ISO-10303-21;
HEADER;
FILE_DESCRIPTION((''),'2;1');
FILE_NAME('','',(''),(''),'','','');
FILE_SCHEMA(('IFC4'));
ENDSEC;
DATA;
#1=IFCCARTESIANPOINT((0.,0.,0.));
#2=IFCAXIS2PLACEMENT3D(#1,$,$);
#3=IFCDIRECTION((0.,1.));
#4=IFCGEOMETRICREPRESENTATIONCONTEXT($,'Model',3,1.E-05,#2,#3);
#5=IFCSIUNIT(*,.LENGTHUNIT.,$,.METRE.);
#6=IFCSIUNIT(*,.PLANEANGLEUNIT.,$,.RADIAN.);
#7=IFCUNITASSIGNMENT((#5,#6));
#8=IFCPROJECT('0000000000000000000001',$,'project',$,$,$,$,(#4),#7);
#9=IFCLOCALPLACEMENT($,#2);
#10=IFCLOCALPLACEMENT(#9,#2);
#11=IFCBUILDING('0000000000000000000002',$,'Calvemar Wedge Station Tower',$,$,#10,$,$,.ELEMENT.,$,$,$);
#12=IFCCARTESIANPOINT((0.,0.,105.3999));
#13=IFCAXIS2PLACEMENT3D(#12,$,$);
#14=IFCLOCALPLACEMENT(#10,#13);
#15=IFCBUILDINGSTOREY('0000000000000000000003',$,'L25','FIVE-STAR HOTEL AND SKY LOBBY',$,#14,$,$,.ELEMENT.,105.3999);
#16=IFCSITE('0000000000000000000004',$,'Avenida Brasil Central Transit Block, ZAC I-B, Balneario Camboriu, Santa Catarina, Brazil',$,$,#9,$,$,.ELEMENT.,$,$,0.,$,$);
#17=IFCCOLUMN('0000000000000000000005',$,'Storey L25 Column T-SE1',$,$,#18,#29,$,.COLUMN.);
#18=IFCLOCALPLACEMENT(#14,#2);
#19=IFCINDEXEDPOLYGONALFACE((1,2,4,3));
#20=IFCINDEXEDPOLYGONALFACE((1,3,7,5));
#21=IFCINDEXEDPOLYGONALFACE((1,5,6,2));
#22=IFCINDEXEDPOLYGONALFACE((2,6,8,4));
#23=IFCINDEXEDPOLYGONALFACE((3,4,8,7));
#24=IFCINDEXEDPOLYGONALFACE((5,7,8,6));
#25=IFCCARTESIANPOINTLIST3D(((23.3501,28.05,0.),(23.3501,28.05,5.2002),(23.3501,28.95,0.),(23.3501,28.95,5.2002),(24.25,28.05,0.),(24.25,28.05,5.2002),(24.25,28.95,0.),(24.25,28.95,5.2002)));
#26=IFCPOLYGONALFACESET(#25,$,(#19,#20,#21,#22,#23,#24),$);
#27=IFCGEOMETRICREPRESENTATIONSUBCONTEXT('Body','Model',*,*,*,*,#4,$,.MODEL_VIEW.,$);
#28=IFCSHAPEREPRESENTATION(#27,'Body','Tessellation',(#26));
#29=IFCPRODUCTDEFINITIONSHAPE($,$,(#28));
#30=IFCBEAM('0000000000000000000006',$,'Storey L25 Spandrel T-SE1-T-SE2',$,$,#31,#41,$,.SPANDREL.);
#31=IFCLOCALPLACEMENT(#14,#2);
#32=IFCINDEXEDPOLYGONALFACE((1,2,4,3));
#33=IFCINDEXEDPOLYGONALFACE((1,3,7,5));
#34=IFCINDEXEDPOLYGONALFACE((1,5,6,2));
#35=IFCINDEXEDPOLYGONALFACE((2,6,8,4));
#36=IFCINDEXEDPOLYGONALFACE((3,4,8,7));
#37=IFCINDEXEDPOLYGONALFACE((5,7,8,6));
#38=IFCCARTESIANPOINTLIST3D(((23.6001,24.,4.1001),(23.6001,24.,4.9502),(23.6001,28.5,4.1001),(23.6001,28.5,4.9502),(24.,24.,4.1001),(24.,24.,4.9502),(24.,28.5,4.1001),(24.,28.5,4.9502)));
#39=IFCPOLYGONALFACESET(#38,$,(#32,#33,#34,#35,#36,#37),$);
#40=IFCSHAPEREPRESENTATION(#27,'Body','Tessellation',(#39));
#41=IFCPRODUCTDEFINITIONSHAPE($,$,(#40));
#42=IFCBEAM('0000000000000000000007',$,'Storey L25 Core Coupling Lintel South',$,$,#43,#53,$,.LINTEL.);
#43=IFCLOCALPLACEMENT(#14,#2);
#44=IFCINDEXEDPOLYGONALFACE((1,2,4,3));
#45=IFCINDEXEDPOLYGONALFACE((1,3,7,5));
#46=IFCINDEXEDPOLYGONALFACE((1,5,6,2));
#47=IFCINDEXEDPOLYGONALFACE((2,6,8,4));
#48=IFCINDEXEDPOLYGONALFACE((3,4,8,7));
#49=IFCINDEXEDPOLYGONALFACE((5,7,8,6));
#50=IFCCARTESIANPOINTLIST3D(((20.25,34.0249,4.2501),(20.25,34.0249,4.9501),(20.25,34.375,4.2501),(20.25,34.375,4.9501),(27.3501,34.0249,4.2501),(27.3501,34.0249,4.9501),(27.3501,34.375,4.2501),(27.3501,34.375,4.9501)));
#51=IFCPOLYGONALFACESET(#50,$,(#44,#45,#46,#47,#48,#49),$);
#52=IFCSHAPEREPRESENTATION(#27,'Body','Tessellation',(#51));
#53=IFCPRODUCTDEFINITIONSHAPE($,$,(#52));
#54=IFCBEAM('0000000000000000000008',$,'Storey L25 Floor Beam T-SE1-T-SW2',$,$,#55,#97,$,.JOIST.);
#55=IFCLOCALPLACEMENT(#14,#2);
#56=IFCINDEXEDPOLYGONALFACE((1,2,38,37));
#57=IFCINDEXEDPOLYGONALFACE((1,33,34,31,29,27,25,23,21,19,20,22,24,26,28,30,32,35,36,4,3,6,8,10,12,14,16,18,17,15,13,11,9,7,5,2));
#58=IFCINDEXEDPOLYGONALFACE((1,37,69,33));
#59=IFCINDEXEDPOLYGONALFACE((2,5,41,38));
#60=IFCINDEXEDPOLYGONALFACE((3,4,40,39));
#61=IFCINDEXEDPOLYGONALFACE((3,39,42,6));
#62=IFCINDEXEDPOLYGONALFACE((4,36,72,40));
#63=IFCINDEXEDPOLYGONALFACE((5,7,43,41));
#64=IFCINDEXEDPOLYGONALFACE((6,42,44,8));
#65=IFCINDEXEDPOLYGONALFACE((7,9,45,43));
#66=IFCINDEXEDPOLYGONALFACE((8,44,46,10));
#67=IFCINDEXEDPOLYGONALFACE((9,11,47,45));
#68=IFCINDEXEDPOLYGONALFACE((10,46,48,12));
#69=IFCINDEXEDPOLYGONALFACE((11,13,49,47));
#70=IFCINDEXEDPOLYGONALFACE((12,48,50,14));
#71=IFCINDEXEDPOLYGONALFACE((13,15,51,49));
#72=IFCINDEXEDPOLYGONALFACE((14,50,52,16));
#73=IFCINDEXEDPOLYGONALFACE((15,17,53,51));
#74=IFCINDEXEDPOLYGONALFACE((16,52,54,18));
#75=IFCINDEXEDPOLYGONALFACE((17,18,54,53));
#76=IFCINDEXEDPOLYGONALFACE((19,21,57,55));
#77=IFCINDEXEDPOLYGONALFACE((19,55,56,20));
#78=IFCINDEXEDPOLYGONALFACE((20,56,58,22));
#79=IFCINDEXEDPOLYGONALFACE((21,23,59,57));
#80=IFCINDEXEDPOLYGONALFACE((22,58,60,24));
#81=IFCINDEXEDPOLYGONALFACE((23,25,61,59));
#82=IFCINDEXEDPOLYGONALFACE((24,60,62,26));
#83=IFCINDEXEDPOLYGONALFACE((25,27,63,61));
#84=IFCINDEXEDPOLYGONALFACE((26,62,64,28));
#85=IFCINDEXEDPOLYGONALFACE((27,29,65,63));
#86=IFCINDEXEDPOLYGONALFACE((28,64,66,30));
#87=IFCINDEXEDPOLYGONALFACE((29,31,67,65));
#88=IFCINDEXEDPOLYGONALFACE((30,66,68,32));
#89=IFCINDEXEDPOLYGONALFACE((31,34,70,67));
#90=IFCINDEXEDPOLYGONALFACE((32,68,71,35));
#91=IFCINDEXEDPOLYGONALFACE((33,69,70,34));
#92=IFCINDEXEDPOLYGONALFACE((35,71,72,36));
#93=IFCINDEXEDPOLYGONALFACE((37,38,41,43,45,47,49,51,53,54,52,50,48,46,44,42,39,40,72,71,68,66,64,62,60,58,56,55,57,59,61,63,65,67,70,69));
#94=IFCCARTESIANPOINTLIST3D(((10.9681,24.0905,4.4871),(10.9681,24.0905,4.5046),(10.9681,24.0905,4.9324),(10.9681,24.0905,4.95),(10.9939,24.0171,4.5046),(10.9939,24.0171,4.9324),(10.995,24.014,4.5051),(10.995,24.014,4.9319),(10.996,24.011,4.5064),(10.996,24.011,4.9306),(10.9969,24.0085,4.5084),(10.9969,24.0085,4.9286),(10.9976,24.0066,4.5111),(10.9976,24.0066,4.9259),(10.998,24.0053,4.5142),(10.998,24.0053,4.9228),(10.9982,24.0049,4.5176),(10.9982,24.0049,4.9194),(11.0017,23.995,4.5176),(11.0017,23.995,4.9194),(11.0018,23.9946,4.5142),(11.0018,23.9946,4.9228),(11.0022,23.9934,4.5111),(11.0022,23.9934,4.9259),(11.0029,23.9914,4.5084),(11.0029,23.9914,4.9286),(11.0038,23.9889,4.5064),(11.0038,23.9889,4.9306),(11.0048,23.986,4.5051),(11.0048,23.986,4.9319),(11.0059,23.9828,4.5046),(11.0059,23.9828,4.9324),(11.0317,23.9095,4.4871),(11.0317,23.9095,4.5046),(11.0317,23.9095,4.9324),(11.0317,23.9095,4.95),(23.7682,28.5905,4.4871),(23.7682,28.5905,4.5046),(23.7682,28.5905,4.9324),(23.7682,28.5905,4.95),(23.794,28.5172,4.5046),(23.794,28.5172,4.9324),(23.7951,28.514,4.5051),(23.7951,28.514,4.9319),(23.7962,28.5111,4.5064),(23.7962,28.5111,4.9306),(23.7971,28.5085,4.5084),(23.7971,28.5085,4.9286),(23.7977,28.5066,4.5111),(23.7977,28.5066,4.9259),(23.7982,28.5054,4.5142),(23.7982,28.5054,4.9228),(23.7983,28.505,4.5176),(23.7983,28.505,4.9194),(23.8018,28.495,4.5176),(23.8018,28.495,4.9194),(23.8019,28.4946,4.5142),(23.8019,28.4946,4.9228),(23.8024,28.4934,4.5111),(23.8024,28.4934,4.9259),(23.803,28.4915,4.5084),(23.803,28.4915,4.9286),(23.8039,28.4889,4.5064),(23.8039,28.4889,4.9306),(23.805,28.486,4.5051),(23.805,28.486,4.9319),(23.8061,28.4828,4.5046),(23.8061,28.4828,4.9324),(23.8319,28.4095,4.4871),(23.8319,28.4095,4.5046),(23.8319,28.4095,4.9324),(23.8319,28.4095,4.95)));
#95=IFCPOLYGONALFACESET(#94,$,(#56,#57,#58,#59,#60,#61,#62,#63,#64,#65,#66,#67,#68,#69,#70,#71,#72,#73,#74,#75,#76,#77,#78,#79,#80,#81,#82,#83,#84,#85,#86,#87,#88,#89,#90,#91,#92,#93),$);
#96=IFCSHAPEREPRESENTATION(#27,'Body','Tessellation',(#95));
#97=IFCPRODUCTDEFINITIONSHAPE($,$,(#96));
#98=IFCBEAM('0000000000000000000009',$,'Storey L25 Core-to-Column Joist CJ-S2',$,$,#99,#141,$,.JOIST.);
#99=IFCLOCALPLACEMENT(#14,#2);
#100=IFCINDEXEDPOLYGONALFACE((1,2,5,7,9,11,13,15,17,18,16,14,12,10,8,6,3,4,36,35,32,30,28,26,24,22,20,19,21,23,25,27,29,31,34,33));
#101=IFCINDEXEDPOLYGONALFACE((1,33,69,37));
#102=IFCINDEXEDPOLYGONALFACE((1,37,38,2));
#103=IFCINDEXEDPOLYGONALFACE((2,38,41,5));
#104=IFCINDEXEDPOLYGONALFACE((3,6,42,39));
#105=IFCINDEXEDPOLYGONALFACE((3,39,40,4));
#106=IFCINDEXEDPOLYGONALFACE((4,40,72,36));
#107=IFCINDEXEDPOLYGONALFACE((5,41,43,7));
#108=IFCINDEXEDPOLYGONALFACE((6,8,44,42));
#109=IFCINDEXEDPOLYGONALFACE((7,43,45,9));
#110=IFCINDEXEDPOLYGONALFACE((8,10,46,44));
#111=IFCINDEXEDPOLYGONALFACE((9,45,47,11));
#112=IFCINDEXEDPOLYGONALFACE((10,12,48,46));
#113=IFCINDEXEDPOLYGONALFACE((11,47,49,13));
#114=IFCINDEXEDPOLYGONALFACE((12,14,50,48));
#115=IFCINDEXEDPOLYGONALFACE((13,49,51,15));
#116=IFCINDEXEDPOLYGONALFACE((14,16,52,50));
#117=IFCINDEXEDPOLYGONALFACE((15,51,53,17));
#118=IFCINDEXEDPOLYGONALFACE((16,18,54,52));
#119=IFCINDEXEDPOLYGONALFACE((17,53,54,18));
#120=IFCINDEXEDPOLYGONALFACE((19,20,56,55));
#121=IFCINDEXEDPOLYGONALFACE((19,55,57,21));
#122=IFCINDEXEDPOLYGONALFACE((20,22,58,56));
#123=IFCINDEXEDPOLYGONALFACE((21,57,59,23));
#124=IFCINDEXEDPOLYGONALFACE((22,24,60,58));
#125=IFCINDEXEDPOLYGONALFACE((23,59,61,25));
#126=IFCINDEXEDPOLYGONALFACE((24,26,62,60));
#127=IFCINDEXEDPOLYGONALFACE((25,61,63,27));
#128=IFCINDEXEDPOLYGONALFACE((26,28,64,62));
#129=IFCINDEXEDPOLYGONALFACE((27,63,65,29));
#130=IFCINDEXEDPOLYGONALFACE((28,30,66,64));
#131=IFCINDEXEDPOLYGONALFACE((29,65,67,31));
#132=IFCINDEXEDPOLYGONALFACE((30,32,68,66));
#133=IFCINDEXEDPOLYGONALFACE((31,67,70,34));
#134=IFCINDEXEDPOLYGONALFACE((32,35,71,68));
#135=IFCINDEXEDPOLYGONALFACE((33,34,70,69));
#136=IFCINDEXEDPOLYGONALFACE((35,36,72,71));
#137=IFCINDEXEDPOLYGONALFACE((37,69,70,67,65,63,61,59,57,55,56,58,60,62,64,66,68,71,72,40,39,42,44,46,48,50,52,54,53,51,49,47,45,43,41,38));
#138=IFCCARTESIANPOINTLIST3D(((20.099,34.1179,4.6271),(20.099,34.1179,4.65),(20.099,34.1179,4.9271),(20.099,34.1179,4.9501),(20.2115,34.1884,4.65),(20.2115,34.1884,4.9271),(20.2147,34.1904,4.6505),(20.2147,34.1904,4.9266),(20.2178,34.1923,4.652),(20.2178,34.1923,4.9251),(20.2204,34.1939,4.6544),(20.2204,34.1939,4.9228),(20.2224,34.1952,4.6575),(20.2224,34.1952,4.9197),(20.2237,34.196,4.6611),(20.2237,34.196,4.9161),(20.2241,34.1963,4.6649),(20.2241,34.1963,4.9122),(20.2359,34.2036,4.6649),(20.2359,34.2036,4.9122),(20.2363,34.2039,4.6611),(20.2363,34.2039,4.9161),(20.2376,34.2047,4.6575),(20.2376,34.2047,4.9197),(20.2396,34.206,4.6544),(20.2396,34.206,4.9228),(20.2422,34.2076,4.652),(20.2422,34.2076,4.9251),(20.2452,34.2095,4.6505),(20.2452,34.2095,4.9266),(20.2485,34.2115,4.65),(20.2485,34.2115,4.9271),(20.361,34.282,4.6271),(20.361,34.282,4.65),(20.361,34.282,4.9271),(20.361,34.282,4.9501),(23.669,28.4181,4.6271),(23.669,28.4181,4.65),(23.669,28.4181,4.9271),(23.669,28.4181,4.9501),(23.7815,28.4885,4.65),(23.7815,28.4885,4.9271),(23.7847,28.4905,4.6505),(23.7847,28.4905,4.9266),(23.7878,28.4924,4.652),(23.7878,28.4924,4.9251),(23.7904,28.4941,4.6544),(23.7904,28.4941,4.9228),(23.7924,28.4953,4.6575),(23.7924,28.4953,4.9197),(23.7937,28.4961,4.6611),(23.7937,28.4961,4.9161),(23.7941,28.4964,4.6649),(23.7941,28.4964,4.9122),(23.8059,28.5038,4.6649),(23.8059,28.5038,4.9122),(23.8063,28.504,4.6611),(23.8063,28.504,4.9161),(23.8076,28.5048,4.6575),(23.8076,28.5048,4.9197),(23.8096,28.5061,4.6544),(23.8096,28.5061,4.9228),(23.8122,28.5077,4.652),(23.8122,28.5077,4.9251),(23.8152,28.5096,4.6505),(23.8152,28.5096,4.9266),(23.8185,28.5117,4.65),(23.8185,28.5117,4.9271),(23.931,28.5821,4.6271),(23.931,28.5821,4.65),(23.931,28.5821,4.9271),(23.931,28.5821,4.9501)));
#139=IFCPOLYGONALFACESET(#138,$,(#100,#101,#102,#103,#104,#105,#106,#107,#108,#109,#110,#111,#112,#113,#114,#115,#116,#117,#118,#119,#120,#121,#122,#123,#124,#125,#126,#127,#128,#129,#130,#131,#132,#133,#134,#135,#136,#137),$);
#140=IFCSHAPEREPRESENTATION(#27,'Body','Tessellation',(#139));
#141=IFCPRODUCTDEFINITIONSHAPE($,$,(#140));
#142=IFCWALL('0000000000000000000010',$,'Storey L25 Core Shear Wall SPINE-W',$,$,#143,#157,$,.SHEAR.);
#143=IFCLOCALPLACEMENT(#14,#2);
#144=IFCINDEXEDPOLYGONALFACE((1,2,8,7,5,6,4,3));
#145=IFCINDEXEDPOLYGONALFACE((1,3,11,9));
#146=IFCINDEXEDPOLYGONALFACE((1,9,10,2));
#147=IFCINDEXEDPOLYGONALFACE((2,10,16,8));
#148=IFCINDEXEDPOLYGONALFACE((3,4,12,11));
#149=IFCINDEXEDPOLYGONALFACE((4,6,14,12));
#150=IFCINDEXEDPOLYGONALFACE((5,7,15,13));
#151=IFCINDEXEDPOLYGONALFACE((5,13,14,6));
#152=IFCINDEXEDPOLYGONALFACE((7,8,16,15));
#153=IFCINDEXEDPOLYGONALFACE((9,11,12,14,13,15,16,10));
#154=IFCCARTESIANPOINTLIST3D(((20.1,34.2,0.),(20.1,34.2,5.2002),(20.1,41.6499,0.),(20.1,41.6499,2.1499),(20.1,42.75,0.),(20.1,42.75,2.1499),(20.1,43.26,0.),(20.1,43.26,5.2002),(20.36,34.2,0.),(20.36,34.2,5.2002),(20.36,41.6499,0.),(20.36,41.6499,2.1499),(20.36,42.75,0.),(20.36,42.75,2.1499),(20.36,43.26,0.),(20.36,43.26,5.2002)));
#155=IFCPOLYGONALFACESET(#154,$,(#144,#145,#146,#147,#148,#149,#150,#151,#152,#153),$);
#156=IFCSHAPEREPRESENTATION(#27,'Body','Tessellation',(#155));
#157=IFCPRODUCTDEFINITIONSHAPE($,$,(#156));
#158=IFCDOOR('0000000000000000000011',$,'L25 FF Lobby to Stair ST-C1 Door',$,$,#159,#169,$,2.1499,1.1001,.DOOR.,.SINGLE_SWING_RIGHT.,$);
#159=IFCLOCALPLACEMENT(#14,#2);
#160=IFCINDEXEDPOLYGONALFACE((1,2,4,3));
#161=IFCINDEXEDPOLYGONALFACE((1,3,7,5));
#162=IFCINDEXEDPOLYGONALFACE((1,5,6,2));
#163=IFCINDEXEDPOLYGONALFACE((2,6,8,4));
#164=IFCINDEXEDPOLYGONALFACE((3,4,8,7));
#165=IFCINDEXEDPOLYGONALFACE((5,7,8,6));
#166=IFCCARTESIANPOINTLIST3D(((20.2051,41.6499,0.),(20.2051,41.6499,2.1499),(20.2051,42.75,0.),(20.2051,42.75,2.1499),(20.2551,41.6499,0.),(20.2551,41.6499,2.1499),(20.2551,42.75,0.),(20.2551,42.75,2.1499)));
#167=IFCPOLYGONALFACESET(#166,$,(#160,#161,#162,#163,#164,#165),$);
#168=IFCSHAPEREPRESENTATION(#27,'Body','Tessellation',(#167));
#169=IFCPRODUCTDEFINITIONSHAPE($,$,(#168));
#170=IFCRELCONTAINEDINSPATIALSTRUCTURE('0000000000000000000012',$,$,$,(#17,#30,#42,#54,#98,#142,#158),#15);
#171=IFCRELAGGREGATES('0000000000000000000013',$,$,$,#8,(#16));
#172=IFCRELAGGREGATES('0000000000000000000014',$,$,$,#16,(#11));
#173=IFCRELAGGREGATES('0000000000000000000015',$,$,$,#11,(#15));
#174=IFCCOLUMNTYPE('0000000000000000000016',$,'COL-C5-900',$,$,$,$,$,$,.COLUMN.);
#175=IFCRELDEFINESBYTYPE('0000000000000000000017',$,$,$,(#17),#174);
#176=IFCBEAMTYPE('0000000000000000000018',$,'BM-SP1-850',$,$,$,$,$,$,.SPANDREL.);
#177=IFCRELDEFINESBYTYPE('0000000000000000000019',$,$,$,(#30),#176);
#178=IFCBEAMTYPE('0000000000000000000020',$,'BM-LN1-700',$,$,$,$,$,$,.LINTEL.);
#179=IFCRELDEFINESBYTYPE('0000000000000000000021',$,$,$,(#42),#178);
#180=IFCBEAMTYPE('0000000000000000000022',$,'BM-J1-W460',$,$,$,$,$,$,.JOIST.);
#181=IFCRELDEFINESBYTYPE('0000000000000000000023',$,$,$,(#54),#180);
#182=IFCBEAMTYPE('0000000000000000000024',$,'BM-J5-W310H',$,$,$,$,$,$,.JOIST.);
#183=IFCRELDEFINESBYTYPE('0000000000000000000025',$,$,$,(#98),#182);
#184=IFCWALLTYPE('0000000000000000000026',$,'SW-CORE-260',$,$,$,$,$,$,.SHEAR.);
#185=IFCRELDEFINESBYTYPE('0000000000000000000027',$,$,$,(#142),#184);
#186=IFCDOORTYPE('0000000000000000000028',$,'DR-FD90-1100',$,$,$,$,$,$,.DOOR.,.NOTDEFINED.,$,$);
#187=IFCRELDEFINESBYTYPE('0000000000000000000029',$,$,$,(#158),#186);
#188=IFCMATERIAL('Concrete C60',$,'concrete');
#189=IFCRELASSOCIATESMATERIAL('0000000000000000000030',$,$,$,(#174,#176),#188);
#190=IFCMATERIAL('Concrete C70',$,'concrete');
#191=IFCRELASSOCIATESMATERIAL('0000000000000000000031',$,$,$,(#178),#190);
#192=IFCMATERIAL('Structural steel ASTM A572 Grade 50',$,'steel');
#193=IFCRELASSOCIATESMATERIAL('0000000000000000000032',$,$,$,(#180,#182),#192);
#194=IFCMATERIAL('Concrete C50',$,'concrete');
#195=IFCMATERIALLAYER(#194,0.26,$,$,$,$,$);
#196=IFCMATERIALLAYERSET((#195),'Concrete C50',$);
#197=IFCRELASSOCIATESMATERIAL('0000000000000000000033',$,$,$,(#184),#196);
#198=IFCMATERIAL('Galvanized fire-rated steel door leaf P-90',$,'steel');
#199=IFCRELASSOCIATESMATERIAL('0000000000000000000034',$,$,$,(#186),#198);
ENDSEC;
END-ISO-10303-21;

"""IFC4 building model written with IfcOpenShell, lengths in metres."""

from ifc_helpers import new_model, si_unit, direction, frame, frame_2d, origin, origin_2d, place, context, subcontext, project, spatial, rectangle, i_section, extrude, source, transform, mapped, material, layer, layer_set, material_profile, profile_set, type_object, element, fill, save


model = new_model("IFC4")

# Units and contexts
model_context = context("Model", 3, precision=1e-05, world=origin(), true_north=direction((0.0, 1.0)))
body_context = subcontext(model_context, "Body", "Model", "MODEL_VIEW")
ifc_project = project(units=[si_unit("LENGTHUNIT", "METRE"), si_unit("PLANEANGLEUNIT", "RADIAN")], contexts=[model_context])

# Site, building, storey
site_placement = place(None, origin())
site = spatial("IfcSite", under=ifc_project, at=site_placement, Name="Avenida Brasil Central Transit Block, ZAC I-B, Balneario Camboriu, Santa Catarina, Brazil", CompositionType="ELEMENT", RefElevation=0.0)
building_placement = place(site_placement, origin())
building = spatial("IfcBuilding", under=site, at=building_placement, Name="Calvemar Wedge Station Tower", CompositionType="ELEMENT")
storey_placement = place(building_placement, frame((0.0, 0.0, 105.3999)))
storey = spatial("IfcBuildingStorey", under=building, at=storey_placement, Name="L25", Description="FIVE-STAR HOTEL AND SKY LOBBY", CompositionType="ELEMENT", Elevation=105.3999)

# Column
ifc_material_1 = material(Name="Concrete C60", Category="concrete")
ifc_material_profile_1 = material_profile(ifc_material_1, rectangle(XDim=0.8999, YDim=0.8999, at=origin_2d()), Name="RC900x900")
ifc_profile_set_1 = profile_set([ifc_material_profile_1], Name="Concrete C60")
column_type = type_object("IfcColumnType", Name="COL-C5-900", PredefinedType="COLUMN", material=ifc_profile_set_1)
shared_shape_1 = source(origin(), body_context, "Body", "SweptSolid", [
    extrude(rectangle(XDim=0.8999, YDim=0.8999, at=origin_2d()), origin(), (0.0, 0.0, 1.0), 5.2002),
])
column_placement = place(storey_placement, frame((23.8, 28.5, 0.0), z_axis=(0.0, 0.0, 1.0), x_axis=(1.0, 0.0, 0.0)))
element("IfcColumn", 1, at=column_placement, inside=storey, type_object=column_type, Name="Storey L25 Column T-SE1", PredefinedType="COLUMN", context=body_context, shape_type="MappedRepresentation", body=[
    mapped(shared_shape_1, transform((0.0, 0.0, 0.0), scale=1.0)),
])

# Beams
ifc_material_profile_2 = material_profile(ifc_material_1, rectangle(XDim=0.3999, YDim=0.8501, at=origin_2d()), Name="RC400x850")
ifc_profile_set_2 = profile_set([ifc_material_profile_2], Name="Concrete C60")
beam_type_1 = type_object("IfcBeamType", Name="BM-SP1-850", PredefinedType="SPANDREL", material=ifc_profile_set_2)
shared_shape_2 = source(origin(), body_context, "Body", "SweptSolid", [
    extrude(rectangle(XDim=0.3999, YDim=0.8501, at=origin_2d()), origin(), (0.0, 0.0, 1.0), 4.5),
])
beam_1_placement = place(storey_placement, frame((23.8, 28.5, 4.5251), z_axis=(0.0, -1.0, 0.0), x_axis=(1.0, 0.0, 0.0)))
element("IfcBeam", 2, at=beam_1_placement, inside=storey, type_object=beam_type_1, Name="Storey L25 Spandrel T-SE1-T-SE2", PredefinedType="SPANDREL", context=body_context, shape_type="MappedRepresentation", body=[
    mapped(shared_shape_2, transform((0.0, 0.0, 0.0), scale=1.0)),
])
ifc_material_2 = material(Name="Concrete C70", Category="concrete")
ifc_material_profile_3 = material_profile(ifc_material_2, rectangle(XDim=0.3501, YDim=0.7, at=origin_2d()), Name="RC350x700")
ifc_profile_set_3 = profile_set([ifc_material_profile_3], Name="Concrete C70")
beam_type_2 = type_object("IfcBeamType", Name="BM-LN1-700", PredefinedType="LINTEL", material=ifc_profile_set_3)
shared_shape_3 = source(origin(), body_context, "Body", "SweptSolid", [
    extrude(rectangle(XDim=0.3501, YDim=0.7, at=origin_2d()), origin(), (0.0, 0.0, 1.0), 7.1001),
])
beam_2_placement = place(storey_placement, frame((20.25, 34.2, 4.6001), z_axis=(1.0, 0.0, 0.0), x_axis=(0.0, 1.0, 0.0)))
element("IfcBeam", 3, at=beam_2_placement, inside=storey, type_object=beam_type_2, Name="Storey L25 Core Coupling Lintel South", PredefinedType="LINTEL", context=body_context, shape_type="MappedRepresentation", body=[
    mapped(shared_shape_3, transform((0.0, 0.0, 0.0), scale=1.0)),
])
ifc_material_3 = material(Name="Structural steel ASTM A572 Grade 50", Category="steel")
ifc_material_profile_4 = material_profile(ifc_material_3, i_section(OverallWidth=0.1919, OverallDepth=0.4629, WebThickness=0.0105, FlangeThickness=0.0176, FilletRadius=0.0129, at=origin_2d()), Name="W460x89")
ifc_profile_set_4 = profile_set([ifc_material_profile_4], Name="Structural steel ASTM A572 Grade 50")
beam_type_3 = type_object("IfcBeamType", Name="BM-J1-W460", PredefinedType="JOIST", material=ifc_profile_set_4)
shared_shape_4 = source(origin(), body_context, "Body", "SweptSolid", [
    extrude(i_section(OverallWidth=0.1919, OverallDepth=0.4629, WebThickness=0.0105, FlangeThickness=0.0176, FilletRadius=0.0129, at=origin_2d()), origin(), (0.0, 0.0, 1.0), 13.5681),
])
beam_3_placement = place(storey_placement, frame((23.8, 28.5, 4.7185), z_axis=(-0.943398, -0.331662, 0.0), x_axis=(0.331662, -0.943398, 0.0)))
element("IfcBeam", 4, at=beam_3_placement, inside=storey, type_object=beam_type_3, Name="Storey L25 Floor Beam T-SE1-T-SW2", PredefinedType="JOIST", context=body_context, shape_type="MappedRepresentation", body=[
    mapped(shared_shape_4, transform((0.0, 0.0, 0.0), scale=1.0)),
])
ifc_material_profile_5 = material_profile(ifc_material_3, i_section(OverallWidth=0.3091, OverallDepth=0.323, WebThickness=0.0139, FlangeThickness=0.0229, FilletRadius=0.0149, at=origin_2d()), Name="W310x143")
ifc_profile_set_5 = profile_set([ifc_material_profile_5], Name="Structural steel ASTM A572 Grade 50")
beam_type_4 = type_object("IfcBeamType", Name="BM-J5-W310H", PredefinedType="JOIST", material=ifc_profile_set_5)
shared_shape_5 = source(origin(), body_context, "Body", "SweptSolid", [
    extrude(i_section(OverallWidth=0.3091, OverallDepth=0.323, WebThickness=0.0139, FlangeThickness=0.0229, FilletRadius=0.0149, at=origin_2d()), origin(), (0.0, 0.0, 1.0), 6.7256),
])
beam_4_placement = place(storey_placement, frame((20.23, 34.2, 4.7886), z_axis=(0.530811, -0.84749, 0.0), x_axis=(0.84749, 0.530811, 0.0)))
element("IfcBeam", 5, at=beam_4_placement, inside=storey, type_object=beam_type_4, Name="Storey L25 Core-to-Column Joist CJ-S2", PredefinedType="JOIST", context=body_context, shape_type="MappedRepresentation", body=[
    mapped(shared_shape_5, transform((0.0, 0.0, 0.0), scale=1.0)),
])

# Wall, opening, door
ifc_material_4 = material(Name="Concrete C50", Category="concrete")
ifc_layer_1 = layer(ifc_material_4, 0.26)
ifc_layer_set_1 = layer_set([ifc_layer_1], Name="Concrete C50")
wall_type_1 = type_object("IfcWallType", Name="SW-CORE-260", PredefinedType="SHEAR", material=ifc_layer_set_1)
wall_1_placement = place(storey_placement, frame((20.23, 34.2, 0.0), z_axis=(0.0, 0.0, 1.0), x_axis=(0.0, 1.0, 0.0)))
wall_1 = element("IfcWall", 6, at=wall_1_placement, inside=storey, type_object=wall_type_1, Name="Storey L25 Core Shear Wall SPINE-W", PredefinedType="SHEAR", context=body_context, shape_type="SweptSolid", body=[
    extrude(rectangle(XDim=9.0601, YDim=0.26, at=frame_2d((4.53, 0.0))), origin(), (0.0, 0.0, 1.0), 5.2002),
])
shared_shape_6 = source(origin(), body_context, "Body", "SweptSolid", [
    extrude(rectangle(XDim=1.1001, YDim=2.1499, at=frame_2d((0.55, 1.075))), frame((0.0, 0.1401, 0.0), z_axis=(0.0, -1.0, 0.0), x_axis=(1.0, 0.0, 0.0)), (0.0, 0.0, 1.0), 0.28),
])
opening_1_placement = place(wall_1_placement, frame((7.45, 0.0, 0.0)))
opening_1 = element("IfcOpeningElement", 7, at=opening_1_placement, cuts=wall_1, PredefinedType="OPENING", context=body_context, shape_type="MappedRepresentation", body=[
    mapped(shared_shape_6, transform((0.0, 0.0, 0.0), scale=1.0)),
])
ifc_material_5 = material(Name="Galvanized fire-rated steel door leaf P-90", Category="steel")
door_type_1 = type_object("IfcDoorType", Name="DR-FD90-1100", OperationType="NOTDEFINED", PredefinedType="DOOR", material=ifc_material_5)
shared_shape_7 = source(origin(), body_context, "Body", "SweptSolid", [
    extrude(rectangle(XDim=1.1001, YDim=2.1499, at=frame_2d((0.55, 1.075))), frame((0.0, 0.0249, 0.0), z_axis=(0.0, -1.0, 0.0), x_axis=(1.0, 0.0, 0.0)), (0.0, 0.0, 1.0), 0.05),
])
door_1_placement = place(opening_1_placement, origin())
door_1 = element("IfcDoor", 8, at=door_1_placement, inside=storey, type_object=door_type_1, Name="L25 FF Lobby to Stair ST-C1 Door", OperationType="SINGLE_SWING_RIGHT", OverallHeight=2.1499, OverallWidth=1.1001, PredefinedType="DOOR", context=body_context, shape_type="MappedRepresentation", body=[
    mapped(shared_shape_7, transform((0.0, 0.0, 0.0), scale=1.0)),
])
fill(opening_1, door_1)

save(model, "model.ifc")
